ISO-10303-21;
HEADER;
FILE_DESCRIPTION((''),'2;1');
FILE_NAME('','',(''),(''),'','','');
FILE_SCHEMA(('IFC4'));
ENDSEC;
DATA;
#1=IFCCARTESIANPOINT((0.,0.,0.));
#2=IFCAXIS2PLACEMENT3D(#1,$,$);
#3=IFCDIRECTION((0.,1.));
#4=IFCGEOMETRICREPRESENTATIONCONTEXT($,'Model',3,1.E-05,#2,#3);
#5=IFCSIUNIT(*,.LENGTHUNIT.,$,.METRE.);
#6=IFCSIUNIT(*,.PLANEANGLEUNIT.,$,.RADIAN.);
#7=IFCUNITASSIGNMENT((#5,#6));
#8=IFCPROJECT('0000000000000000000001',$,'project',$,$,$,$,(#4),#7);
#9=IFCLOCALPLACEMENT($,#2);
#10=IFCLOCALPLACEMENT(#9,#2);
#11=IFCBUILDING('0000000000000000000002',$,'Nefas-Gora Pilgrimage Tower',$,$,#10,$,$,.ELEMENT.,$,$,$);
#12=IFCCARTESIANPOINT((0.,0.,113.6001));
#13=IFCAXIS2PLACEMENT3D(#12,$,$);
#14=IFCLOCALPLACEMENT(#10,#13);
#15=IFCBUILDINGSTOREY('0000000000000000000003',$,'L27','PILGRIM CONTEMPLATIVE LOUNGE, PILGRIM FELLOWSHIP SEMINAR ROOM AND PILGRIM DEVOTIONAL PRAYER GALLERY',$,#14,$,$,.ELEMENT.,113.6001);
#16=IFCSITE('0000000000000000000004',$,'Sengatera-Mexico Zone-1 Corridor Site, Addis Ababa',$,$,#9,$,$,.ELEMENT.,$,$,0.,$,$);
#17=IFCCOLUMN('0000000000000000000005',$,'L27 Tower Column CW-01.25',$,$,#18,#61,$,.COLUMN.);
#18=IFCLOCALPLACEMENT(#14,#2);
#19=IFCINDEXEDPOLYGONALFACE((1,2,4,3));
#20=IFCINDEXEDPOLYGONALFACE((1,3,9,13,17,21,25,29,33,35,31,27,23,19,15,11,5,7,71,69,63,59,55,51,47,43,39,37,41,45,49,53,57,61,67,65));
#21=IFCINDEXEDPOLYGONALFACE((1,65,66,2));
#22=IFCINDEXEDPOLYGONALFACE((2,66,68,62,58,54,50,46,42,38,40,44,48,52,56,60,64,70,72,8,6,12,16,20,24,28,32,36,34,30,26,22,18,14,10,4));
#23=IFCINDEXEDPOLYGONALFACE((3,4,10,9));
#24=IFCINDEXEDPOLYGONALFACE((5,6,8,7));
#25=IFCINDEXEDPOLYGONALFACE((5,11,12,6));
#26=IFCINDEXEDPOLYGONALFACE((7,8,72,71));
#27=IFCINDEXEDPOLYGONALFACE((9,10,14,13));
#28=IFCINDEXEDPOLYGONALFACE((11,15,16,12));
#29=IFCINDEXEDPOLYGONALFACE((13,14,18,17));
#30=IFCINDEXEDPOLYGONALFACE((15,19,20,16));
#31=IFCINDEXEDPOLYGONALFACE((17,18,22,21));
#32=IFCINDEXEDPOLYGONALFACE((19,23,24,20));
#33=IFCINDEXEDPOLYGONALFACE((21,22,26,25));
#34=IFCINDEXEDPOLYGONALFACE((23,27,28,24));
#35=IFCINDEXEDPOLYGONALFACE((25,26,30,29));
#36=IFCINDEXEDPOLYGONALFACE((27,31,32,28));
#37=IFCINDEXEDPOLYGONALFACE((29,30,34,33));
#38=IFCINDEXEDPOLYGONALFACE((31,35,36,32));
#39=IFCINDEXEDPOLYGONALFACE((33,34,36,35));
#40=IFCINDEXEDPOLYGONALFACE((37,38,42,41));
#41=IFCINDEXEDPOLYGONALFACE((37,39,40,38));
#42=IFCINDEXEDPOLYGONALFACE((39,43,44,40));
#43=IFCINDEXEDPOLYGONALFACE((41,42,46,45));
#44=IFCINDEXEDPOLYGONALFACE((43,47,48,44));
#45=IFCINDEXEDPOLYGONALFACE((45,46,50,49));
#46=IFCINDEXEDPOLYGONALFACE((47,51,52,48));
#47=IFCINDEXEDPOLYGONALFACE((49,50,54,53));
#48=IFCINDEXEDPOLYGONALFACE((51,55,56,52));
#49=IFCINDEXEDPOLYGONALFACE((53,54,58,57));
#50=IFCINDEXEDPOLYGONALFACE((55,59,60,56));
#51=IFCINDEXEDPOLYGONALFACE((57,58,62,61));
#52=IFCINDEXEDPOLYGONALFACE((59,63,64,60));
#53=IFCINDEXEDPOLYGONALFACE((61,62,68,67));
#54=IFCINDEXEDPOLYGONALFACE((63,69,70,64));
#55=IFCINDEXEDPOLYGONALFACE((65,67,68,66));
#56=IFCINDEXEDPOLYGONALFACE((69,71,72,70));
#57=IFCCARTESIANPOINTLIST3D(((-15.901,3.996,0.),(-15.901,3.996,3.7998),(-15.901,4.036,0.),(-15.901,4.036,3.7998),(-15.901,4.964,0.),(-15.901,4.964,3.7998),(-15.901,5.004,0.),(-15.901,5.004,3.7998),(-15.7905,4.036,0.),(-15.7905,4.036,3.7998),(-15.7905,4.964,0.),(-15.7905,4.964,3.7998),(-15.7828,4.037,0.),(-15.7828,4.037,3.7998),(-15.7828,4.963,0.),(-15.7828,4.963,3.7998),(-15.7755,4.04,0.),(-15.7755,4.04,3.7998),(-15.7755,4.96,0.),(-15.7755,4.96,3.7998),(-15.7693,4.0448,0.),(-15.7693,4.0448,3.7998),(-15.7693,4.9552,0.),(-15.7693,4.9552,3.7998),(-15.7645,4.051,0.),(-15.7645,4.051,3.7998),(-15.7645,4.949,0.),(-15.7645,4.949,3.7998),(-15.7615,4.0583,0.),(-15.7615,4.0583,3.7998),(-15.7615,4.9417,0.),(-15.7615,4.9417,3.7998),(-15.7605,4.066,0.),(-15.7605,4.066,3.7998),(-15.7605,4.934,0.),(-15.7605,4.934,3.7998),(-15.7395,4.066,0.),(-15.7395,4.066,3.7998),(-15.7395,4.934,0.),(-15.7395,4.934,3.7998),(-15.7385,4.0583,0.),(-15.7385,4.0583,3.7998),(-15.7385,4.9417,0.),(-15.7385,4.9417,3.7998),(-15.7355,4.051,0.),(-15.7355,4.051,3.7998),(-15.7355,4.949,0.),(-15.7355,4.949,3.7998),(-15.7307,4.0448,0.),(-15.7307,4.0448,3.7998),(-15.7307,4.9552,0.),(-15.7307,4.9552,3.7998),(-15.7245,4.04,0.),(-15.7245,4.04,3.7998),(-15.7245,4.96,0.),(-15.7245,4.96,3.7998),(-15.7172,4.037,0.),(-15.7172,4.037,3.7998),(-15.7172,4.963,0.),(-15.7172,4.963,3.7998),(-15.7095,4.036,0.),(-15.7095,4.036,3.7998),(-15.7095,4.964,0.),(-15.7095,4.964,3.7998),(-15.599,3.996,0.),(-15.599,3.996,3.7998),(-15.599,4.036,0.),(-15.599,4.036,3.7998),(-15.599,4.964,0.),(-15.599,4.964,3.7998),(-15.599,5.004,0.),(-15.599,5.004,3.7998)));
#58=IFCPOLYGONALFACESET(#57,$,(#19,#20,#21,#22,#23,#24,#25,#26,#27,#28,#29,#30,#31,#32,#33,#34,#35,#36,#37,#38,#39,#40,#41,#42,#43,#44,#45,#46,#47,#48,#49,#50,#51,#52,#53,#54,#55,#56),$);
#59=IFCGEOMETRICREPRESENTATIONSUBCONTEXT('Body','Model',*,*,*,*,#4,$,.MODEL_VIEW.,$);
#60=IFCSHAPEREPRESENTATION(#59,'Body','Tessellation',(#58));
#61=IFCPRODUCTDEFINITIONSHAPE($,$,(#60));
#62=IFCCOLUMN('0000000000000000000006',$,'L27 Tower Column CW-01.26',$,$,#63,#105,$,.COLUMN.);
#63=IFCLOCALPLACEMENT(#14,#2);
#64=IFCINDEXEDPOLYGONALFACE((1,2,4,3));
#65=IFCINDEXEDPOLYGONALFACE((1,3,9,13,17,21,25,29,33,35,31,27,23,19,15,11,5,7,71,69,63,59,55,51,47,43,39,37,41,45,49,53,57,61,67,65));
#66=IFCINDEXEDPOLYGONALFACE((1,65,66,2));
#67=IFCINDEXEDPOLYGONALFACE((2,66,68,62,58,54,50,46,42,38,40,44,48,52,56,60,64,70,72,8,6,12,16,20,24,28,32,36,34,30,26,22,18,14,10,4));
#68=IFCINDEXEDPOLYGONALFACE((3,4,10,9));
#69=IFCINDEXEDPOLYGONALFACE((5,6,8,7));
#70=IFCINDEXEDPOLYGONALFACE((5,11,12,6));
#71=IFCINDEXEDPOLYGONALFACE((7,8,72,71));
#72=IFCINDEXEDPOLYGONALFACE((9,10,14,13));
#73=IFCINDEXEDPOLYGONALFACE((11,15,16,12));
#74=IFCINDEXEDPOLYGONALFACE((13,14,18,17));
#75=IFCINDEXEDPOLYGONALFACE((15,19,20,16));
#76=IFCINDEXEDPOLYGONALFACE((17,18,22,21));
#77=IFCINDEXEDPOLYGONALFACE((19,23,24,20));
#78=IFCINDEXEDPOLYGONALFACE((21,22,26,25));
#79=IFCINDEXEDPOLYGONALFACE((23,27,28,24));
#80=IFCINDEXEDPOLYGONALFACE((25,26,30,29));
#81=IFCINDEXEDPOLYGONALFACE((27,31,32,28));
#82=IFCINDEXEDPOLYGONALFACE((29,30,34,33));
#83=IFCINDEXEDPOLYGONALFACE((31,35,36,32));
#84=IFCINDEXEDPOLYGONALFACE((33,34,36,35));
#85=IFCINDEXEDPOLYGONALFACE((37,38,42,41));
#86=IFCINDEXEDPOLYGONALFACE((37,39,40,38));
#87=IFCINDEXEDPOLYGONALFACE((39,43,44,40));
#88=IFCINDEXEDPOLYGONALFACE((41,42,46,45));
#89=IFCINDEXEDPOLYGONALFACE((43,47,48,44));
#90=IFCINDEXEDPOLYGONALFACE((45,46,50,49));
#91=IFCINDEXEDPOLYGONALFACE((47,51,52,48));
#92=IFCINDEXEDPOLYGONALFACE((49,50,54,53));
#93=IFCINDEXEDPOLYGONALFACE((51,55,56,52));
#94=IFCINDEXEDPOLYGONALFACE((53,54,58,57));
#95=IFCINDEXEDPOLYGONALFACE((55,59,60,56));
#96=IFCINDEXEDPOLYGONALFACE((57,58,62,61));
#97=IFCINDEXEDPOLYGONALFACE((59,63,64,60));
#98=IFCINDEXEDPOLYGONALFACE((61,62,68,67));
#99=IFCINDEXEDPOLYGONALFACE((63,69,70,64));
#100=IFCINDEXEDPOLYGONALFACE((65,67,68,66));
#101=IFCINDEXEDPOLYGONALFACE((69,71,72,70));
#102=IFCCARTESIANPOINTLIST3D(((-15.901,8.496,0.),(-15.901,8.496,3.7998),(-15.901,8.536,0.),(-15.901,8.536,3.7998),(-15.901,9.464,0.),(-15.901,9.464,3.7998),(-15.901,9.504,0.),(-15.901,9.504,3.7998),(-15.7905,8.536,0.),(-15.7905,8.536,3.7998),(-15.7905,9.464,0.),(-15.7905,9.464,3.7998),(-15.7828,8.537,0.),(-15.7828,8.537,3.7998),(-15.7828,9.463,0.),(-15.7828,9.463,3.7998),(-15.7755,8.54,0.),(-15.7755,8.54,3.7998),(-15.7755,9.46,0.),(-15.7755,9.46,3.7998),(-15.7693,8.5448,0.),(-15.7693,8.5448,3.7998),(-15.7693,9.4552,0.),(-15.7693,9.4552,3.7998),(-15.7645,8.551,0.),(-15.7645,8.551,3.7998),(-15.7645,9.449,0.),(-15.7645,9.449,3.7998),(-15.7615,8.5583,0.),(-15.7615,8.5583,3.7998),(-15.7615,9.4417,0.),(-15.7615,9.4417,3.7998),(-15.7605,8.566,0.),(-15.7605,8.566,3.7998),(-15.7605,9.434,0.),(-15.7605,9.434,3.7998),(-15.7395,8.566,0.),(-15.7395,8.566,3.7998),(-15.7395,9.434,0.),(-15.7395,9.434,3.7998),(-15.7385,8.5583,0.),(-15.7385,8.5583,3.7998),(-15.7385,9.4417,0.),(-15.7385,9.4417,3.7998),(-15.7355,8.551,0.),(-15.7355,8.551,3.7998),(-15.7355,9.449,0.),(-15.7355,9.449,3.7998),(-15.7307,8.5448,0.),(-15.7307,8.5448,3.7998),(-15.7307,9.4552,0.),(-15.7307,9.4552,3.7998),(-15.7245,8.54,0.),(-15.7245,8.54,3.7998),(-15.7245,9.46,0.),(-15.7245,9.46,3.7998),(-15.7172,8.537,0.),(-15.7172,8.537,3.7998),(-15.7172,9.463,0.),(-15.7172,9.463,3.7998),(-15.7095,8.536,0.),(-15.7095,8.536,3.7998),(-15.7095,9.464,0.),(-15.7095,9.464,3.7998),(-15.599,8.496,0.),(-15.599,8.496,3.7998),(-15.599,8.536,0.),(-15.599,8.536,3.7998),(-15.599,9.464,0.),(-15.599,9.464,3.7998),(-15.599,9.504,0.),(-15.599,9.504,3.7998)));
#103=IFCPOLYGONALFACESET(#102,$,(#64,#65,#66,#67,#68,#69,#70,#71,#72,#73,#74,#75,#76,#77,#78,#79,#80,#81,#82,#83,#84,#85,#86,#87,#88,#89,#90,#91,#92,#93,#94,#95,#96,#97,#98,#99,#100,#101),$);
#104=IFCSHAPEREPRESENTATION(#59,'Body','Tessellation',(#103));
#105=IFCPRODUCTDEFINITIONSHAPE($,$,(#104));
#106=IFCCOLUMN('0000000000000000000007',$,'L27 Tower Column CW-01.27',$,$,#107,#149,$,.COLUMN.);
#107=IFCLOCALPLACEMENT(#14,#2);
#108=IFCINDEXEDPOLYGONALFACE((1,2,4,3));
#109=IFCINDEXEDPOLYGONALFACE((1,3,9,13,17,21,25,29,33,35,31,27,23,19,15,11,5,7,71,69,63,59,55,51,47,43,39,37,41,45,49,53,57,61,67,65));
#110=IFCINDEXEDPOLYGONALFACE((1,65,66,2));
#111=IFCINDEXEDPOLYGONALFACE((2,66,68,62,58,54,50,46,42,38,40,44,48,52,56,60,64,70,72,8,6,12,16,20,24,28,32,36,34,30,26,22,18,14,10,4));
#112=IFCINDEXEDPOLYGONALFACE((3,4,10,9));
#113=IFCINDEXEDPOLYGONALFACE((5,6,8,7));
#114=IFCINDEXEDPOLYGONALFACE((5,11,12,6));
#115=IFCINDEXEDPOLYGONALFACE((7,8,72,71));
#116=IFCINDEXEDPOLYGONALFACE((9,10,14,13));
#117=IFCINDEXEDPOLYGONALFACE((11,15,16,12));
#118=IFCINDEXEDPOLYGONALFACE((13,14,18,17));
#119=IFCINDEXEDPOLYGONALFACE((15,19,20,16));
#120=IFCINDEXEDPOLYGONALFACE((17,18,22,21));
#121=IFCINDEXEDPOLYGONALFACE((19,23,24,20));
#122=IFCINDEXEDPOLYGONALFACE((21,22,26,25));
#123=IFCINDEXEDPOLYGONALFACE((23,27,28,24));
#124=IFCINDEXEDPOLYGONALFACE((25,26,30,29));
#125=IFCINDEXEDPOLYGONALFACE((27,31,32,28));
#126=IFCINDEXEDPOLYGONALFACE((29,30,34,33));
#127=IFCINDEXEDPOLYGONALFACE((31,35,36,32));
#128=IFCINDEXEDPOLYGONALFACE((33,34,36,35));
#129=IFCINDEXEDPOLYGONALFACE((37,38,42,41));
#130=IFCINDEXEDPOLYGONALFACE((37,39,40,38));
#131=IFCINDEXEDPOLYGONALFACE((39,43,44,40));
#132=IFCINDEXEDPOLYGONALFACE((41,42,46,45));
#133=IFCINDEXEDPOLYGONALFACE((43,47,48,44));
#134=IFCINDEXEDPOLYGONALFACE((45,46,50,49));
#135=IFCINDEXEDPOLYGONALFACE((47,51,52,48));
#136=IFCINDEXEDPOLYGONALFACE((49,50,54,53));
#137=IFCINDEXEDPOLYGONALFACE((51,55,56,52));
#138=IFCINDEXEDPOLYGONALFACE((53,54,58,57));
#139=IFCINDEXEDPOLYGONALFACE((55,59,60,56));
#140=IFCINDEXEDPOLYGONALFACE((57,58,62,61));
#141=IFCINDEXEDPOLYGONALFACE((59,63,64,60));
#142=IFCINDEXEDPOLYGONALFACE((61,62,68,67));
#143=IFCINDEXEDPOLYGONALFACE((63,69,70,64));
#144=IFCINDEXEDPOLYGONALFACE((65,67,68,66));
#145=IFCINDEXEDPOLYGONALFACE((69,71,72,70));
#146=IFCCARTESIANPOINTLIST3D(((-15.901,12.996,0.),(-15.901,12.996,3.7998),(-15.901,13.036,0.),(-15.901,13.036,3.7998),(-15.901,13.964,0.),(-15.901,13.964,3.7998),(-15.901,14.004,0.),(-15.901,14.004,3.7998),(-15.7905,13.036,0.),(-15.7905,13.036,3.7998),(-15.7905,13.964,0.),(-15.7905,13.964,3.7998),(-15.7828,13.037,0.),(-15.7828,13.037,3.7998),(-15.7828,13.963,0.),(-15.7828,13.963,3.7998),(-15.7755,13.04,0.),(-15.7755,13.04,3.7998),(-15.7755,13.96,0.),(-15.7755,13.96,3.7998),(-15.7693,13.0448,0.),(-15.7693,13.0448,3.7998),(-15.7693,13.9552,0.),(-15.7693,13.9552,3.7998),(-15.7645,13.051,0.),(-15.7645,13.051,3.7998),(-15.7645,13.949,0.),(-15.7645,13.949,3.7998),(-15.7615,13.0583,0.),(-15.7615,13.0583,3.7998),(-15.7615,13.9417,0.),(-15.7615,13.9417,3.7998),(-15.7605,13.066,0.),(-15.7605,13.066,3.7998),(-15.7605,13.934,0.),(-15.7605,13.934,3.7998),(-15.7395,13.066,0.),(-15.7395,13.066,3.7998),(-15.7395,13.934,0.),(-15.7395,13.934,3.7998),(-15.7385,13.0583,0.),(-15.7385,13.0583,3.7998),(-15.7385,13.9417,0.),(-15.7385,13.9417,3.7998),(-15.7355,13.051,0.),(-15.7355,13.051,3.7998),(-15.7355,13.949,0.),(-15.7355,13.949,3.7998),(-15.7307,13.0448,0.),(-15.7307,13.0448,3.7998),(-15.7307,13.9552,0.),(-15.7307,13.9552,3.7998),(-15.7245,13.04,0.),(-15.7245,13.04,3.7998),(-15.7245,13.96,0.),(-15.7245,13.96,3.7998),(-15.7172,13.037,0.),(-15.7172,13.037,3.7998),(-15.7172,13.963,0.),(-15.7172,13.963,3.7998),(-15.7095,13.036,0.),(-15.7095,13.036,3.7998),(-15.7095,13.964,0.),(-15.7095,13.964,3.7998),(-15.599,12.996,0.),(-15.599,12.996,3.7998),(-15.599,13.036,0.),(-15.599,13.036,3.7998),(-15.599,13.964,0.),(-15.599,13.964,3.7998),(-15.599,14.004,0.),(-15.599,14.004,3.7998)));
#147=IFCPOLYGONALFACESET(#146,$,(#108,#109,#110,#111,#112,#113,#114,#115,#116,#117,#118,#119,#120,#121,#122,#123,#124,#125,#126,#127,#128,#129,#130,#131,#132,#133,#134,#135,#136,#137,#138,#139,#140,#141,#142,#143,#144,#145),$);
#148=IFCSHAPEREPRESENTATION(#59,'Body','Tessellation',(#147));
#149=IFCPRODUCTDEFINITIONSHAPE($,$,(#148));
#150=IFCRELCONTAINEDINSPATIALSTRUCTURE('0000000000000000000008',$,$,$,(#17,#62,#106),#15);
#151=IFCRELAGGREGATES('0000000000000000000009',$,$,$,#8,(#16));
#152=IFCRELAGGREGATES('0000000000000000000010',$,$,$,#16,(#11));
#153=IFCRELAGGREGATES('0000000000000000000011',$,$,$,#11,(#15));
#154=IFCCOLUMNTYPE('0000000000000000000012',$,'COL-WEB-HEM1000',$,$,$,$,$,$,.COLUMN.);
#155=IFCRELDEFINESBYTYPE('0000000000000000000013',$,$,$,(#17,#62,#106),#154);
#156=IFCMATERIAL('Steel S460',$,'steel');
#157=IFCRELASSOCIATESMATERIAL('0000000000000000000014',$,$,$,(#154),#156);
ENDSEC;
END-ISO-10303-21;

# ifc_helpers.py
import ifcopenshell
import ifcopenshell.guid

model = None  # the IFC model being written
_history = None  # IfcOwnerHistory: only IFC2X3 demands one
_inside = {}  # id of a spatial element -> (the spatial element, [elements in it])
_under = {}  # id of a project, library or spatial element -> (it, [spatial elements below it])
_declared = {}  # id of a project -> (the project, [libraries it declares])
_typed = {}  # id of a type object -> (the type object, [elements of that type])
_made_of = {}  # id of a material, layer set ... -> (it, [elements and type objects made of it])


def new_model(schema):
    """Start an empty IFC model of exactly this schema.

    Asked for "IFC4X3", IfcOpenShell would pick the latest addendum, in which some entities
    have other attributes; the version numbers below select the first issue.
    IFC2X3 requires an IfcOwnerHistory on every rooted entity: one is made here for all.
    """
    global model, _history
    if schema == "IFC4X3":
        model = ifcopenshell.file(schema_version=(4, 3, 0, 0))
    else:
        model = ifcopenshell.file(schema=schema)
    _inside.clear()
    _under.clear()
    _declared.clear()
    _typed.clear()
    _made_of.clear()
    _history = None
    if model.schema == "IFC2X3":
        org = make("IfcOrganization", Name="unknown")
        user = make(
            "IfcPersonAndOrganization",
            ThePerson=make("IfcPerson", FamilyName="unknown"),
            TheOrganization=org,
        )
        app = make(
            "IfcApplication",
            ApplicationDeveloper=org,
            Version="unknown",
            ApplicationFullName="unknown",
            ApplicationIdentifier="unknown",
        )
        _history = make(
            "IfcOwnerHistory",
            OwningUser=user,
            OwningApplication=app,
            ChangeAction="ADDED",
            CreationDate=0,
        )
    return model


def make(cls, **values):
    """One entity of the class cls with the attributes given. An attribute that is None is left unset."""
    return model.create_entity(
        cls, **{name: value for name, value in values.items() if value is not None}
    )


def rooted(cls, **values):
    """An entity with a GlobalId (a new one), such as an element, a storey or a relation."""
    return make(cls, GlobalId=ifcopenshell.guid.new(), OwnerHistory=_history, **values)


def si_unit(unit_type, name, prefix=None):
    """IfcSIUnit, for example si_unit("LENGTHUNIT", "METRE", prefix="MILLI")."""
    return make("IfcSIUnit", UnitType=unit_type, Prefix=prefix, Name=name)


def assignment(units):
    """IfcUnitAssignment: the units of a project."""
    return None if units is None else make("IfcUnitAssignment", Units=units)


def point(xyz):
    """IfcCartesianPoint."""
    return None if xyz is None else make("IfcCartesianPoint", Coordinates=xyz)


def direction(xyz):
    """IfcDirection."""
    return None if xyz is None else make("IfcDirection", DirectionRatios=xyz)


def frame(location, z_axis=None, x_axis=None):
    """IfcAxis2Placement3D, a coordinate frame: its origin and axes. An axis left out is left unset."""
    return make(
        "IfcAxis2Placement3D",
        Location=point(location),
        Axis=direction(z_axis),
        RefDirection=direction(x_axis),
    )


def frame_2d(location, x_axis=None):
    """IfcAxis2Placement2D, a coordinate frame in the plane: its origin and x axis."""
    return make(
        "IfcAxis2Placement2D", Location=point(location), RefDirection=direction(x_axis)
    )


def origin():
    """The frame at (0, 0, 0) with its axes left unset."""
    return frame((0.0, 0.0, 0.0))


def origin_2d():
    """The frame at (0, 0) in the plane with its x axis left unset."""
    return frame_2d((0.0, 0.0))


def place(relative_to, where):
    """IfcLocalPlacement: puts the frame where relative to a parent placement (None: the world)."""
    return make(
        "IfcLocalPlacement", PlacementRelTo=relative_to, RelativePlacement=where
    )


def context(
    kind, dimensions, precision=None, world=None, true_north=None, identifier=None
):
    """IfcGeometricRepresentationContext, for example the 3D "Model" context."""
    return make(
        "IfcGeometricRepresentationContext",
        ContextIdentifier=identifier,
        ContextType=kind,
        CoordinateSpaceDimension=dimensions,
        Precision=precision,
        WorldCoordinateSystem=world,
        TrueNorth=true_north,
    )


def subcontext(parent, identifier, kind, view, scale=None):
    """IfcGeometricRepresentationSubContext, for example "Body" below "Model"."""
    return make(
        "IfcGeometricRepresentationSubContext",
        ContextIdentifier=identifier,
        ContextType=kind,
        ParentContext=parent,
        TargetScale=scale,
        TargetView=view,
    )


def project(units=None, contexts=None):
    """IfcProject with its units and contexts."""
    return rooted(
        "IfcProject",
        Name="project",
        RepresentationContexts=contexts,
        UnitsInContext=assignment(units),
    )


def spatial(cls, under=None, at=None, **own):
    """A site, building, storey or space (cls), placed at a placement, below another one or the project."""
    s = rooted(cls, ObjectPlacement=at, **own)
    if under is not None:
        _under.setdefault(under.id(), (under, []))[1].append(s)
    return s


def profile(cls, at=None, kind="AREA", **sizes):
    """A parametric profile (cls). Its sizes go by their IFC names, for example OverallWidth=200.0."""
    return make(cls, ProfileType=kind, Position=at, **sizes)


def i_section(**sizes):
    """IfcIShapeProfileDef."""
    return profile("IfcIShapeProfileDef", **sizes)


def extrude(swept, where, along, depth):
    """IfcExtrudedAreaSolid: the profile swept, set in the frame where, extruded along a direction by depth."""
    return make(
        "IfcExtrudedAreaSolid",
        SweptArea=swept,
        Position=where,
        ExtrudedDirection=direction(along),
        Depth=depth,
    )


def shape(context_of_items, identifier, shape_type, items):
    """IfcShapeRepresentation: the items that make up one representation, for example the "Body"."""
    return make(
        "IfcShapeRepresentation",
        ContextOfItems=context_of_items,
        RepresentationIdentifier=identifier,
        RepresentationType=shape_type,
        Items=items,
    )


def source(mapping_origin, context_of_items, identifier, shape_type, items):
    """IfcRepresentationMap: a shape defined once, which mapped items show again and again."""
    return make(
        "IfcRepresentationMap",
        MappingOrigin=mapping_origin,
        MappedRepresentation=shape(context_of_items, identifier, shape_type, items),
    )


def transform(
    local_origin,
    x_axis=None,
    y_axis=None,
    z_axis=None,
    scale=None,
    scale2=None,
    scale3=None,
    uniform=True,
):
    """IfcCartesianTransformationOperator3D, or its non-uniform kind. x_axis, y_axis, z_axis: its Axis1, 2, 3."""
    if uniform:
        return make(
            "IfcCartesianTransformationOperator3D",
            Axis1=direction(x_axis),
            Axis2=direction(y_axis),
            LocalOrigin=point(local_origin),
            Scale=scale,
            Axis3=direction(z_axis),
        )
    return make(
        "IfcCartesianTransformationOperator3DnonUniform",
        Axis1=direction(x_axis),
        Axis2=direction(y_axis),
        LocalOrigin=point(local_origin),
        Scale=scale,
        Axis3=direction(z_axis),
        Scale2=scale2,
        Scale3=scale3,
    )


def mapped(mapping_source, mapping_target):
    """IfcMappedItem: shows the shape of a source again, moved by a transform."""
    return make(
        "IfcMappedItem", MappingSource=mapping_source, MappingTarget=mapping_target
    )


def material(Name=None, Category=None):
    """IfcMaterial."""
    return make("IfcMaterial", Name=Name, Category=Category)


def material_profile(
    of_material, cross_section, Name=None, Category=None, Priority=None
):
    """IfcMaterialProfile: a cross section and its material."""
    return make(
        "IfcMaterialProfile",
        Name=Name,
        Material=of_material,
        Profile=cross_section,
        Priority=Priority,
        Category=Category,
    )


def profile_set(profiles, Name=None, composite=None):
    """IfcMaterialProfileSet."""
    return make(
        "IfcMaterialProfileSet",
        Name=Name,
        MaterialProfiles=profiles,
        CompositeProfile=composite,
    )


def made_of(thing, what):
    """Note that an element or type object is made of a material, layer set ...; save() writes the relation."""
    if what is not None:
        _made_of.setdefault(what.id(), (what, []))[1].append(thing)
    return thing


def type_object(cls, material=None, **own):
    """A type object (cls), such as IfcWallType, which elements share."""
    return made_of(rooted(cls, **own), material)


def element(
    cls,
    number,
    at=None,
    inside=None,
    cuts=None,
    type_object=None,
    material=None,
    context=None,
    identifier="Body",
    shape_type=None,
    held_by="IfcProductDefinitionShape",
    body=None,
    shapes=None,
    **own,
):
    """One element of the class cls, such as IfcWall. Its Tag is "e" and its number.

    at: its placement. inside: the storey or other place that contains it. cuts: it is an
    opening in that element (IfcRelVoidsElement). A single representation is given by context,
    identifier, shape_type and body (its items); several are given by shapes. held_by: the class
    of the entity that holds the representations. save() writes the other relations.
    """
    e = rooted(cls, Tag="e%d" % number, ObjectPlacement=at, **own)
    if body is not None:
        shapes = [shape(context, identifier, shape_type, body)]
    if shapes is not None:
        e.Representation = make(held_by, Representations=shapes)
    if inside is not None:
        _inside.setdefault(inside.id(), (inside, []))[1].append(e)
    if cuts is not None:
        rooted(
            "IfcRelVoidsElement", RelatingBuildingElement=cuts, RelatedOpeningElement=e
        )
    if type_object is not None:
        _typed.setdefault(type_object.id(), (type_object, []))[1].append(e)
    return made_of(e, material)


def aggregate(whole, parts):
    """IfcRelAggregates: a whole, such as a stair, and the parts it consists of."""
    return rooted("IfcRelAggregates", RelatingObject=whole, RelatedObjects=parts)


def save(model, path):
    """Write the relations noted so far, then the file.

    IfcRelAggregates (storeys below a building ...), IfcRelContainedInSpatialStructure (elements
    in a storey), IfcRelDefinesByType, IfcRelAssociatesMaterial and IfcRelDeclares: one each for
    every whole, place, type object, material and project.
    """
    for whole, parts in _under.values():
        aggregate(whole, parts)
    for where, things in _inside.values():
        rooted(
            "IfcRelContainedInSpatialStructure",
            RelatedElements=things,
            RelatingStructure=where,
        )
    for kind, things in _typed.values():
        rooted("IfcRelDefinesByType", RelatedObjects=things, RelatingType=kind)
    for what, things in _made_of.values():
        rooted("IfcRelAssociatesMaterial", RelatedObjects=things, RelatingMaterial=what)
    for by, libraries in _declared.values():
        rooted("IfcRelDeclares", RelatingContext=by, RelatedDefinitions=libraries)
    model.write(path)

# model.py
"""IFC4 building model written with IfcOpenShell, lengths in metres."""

from ifc_helpers import new_model, si_unit, direction, frame, origin, origin_2d, place, context, subcontext, project, spatial, i_section, extrude, source, transform, mapped, material, material_profile, profile_set, type_object, element, save


model = new_model("IFC4")

# Units and contexts
model_context = context("Model", 3, precision=1e-05, world=origin(), true_north=direction((0.0, 1.0)))
body_context = subcontext(model_context, "Body", "Model", "MODEL_VIEW")
ifc_project = project(units=[si_unit("LENGTHUNIT", "METRE"), si_unit("PLANEANGLEUNIT", "RADIAN")], contexts=[model_context])

# Site, building, storey
site_placement = place(None, origin())
site = spatial("IfcSite", under=ifc_project, at=site_placement, Name="Sengatera-Mexico Zone-1 Corridor Site, Addis Ababa", CompositionType="ELEMENT", RefElevation=0.0)
building_placement = place(site_placement, origin())
building = spatial("IfcBuilding", under=site, at=building_placement, Name="Nefas-Gora Pilgrimage Tower", CompositionType="ELEMENT")
storey_placement = place(building_placement, frame((0.0, 0.0, 113.6001)))
storey = spatial("IfcBuildingStorey", under=building, at=storey_placement, Name="L27", Description="PILGRIM CONTEMPLATIVE LOUNGE, PILGRIM FELLOWSHIP SEMINAR ROOM AND PILGRIM DEVOTIONAL PRAYER GALLERY", CompositionType="ELEMENT", Elevation=113.6001)

# Columns
ifc_material_1 = material(Name="Steel S460", Category="steel")
ifc_material_profile_1 = material_profile(ifc_material_1, i_section(OverallWidth=0.302, OverallDepth=1.0081, WebThickness=0.021, FlangeThickness=0.04, FilletRadius=0.03, at=origin_2d()), Name="HEM 1000")
ifc_profile_set_1 = profile_set([ifc_material_profile_1], Name="Steel S460")
column_type_1 = type_object("IfcColumnType", Name="COL-WEB-HEM1000", PredefinedType="COLUMN", material=ifc_profile_set_1)
shared_shape_1 = source(origin(), body_context, "Body", "SweptSolid", [
    extrude(i_section(OverallWidth=0.302, OverallDepth=1.0081, WebThickness=0.021, FlangeThickness=0.04, FilletRadius=0.03, at=origin_2d()), origin(), (0.0, 0.0, 1.0), 3.7998),
])
for number, where, z_axis, x_axis, name in (
    (1, (-15.75, 4.5, 0.0), (0.0, 0.0, 1.0), (1.0, 0.0, 0.0), "L27 Tower Column CW-01.25"),
    (2, (-15.75, 9.0, 0.0), (0.0, 0.0, 1.0), (1.0, 0.0, 0.0), "L27 Tower Column CW-01.26"),
    (3, (-15.75, 13.5, 0.0), (0.0, 0.0, 1.0), (1.0, 0.0, 0.0), "L27 Tower Column CW-01.27"),
):
    element("IfcColumn", number, at=place(storey_placement, frame(where, z_axis=z_axis, x_axis=x_axis)), inside=storey, type_object=column_type_1, Name=name, PredefinedType="COLUMN", context=body_context, shape_type="MappedRepresentation", body=[
        mapped(shared_shape_1, transform((0.0, 0.0, 0.0), x_axis=(1.0, 0.0, 0.0), y_axis=(0.0, 1.0, 0.0), z_axis=(0.0, 0.0, 1.0), scale=1.0)),
    ])

save(model, "model.ifc")
